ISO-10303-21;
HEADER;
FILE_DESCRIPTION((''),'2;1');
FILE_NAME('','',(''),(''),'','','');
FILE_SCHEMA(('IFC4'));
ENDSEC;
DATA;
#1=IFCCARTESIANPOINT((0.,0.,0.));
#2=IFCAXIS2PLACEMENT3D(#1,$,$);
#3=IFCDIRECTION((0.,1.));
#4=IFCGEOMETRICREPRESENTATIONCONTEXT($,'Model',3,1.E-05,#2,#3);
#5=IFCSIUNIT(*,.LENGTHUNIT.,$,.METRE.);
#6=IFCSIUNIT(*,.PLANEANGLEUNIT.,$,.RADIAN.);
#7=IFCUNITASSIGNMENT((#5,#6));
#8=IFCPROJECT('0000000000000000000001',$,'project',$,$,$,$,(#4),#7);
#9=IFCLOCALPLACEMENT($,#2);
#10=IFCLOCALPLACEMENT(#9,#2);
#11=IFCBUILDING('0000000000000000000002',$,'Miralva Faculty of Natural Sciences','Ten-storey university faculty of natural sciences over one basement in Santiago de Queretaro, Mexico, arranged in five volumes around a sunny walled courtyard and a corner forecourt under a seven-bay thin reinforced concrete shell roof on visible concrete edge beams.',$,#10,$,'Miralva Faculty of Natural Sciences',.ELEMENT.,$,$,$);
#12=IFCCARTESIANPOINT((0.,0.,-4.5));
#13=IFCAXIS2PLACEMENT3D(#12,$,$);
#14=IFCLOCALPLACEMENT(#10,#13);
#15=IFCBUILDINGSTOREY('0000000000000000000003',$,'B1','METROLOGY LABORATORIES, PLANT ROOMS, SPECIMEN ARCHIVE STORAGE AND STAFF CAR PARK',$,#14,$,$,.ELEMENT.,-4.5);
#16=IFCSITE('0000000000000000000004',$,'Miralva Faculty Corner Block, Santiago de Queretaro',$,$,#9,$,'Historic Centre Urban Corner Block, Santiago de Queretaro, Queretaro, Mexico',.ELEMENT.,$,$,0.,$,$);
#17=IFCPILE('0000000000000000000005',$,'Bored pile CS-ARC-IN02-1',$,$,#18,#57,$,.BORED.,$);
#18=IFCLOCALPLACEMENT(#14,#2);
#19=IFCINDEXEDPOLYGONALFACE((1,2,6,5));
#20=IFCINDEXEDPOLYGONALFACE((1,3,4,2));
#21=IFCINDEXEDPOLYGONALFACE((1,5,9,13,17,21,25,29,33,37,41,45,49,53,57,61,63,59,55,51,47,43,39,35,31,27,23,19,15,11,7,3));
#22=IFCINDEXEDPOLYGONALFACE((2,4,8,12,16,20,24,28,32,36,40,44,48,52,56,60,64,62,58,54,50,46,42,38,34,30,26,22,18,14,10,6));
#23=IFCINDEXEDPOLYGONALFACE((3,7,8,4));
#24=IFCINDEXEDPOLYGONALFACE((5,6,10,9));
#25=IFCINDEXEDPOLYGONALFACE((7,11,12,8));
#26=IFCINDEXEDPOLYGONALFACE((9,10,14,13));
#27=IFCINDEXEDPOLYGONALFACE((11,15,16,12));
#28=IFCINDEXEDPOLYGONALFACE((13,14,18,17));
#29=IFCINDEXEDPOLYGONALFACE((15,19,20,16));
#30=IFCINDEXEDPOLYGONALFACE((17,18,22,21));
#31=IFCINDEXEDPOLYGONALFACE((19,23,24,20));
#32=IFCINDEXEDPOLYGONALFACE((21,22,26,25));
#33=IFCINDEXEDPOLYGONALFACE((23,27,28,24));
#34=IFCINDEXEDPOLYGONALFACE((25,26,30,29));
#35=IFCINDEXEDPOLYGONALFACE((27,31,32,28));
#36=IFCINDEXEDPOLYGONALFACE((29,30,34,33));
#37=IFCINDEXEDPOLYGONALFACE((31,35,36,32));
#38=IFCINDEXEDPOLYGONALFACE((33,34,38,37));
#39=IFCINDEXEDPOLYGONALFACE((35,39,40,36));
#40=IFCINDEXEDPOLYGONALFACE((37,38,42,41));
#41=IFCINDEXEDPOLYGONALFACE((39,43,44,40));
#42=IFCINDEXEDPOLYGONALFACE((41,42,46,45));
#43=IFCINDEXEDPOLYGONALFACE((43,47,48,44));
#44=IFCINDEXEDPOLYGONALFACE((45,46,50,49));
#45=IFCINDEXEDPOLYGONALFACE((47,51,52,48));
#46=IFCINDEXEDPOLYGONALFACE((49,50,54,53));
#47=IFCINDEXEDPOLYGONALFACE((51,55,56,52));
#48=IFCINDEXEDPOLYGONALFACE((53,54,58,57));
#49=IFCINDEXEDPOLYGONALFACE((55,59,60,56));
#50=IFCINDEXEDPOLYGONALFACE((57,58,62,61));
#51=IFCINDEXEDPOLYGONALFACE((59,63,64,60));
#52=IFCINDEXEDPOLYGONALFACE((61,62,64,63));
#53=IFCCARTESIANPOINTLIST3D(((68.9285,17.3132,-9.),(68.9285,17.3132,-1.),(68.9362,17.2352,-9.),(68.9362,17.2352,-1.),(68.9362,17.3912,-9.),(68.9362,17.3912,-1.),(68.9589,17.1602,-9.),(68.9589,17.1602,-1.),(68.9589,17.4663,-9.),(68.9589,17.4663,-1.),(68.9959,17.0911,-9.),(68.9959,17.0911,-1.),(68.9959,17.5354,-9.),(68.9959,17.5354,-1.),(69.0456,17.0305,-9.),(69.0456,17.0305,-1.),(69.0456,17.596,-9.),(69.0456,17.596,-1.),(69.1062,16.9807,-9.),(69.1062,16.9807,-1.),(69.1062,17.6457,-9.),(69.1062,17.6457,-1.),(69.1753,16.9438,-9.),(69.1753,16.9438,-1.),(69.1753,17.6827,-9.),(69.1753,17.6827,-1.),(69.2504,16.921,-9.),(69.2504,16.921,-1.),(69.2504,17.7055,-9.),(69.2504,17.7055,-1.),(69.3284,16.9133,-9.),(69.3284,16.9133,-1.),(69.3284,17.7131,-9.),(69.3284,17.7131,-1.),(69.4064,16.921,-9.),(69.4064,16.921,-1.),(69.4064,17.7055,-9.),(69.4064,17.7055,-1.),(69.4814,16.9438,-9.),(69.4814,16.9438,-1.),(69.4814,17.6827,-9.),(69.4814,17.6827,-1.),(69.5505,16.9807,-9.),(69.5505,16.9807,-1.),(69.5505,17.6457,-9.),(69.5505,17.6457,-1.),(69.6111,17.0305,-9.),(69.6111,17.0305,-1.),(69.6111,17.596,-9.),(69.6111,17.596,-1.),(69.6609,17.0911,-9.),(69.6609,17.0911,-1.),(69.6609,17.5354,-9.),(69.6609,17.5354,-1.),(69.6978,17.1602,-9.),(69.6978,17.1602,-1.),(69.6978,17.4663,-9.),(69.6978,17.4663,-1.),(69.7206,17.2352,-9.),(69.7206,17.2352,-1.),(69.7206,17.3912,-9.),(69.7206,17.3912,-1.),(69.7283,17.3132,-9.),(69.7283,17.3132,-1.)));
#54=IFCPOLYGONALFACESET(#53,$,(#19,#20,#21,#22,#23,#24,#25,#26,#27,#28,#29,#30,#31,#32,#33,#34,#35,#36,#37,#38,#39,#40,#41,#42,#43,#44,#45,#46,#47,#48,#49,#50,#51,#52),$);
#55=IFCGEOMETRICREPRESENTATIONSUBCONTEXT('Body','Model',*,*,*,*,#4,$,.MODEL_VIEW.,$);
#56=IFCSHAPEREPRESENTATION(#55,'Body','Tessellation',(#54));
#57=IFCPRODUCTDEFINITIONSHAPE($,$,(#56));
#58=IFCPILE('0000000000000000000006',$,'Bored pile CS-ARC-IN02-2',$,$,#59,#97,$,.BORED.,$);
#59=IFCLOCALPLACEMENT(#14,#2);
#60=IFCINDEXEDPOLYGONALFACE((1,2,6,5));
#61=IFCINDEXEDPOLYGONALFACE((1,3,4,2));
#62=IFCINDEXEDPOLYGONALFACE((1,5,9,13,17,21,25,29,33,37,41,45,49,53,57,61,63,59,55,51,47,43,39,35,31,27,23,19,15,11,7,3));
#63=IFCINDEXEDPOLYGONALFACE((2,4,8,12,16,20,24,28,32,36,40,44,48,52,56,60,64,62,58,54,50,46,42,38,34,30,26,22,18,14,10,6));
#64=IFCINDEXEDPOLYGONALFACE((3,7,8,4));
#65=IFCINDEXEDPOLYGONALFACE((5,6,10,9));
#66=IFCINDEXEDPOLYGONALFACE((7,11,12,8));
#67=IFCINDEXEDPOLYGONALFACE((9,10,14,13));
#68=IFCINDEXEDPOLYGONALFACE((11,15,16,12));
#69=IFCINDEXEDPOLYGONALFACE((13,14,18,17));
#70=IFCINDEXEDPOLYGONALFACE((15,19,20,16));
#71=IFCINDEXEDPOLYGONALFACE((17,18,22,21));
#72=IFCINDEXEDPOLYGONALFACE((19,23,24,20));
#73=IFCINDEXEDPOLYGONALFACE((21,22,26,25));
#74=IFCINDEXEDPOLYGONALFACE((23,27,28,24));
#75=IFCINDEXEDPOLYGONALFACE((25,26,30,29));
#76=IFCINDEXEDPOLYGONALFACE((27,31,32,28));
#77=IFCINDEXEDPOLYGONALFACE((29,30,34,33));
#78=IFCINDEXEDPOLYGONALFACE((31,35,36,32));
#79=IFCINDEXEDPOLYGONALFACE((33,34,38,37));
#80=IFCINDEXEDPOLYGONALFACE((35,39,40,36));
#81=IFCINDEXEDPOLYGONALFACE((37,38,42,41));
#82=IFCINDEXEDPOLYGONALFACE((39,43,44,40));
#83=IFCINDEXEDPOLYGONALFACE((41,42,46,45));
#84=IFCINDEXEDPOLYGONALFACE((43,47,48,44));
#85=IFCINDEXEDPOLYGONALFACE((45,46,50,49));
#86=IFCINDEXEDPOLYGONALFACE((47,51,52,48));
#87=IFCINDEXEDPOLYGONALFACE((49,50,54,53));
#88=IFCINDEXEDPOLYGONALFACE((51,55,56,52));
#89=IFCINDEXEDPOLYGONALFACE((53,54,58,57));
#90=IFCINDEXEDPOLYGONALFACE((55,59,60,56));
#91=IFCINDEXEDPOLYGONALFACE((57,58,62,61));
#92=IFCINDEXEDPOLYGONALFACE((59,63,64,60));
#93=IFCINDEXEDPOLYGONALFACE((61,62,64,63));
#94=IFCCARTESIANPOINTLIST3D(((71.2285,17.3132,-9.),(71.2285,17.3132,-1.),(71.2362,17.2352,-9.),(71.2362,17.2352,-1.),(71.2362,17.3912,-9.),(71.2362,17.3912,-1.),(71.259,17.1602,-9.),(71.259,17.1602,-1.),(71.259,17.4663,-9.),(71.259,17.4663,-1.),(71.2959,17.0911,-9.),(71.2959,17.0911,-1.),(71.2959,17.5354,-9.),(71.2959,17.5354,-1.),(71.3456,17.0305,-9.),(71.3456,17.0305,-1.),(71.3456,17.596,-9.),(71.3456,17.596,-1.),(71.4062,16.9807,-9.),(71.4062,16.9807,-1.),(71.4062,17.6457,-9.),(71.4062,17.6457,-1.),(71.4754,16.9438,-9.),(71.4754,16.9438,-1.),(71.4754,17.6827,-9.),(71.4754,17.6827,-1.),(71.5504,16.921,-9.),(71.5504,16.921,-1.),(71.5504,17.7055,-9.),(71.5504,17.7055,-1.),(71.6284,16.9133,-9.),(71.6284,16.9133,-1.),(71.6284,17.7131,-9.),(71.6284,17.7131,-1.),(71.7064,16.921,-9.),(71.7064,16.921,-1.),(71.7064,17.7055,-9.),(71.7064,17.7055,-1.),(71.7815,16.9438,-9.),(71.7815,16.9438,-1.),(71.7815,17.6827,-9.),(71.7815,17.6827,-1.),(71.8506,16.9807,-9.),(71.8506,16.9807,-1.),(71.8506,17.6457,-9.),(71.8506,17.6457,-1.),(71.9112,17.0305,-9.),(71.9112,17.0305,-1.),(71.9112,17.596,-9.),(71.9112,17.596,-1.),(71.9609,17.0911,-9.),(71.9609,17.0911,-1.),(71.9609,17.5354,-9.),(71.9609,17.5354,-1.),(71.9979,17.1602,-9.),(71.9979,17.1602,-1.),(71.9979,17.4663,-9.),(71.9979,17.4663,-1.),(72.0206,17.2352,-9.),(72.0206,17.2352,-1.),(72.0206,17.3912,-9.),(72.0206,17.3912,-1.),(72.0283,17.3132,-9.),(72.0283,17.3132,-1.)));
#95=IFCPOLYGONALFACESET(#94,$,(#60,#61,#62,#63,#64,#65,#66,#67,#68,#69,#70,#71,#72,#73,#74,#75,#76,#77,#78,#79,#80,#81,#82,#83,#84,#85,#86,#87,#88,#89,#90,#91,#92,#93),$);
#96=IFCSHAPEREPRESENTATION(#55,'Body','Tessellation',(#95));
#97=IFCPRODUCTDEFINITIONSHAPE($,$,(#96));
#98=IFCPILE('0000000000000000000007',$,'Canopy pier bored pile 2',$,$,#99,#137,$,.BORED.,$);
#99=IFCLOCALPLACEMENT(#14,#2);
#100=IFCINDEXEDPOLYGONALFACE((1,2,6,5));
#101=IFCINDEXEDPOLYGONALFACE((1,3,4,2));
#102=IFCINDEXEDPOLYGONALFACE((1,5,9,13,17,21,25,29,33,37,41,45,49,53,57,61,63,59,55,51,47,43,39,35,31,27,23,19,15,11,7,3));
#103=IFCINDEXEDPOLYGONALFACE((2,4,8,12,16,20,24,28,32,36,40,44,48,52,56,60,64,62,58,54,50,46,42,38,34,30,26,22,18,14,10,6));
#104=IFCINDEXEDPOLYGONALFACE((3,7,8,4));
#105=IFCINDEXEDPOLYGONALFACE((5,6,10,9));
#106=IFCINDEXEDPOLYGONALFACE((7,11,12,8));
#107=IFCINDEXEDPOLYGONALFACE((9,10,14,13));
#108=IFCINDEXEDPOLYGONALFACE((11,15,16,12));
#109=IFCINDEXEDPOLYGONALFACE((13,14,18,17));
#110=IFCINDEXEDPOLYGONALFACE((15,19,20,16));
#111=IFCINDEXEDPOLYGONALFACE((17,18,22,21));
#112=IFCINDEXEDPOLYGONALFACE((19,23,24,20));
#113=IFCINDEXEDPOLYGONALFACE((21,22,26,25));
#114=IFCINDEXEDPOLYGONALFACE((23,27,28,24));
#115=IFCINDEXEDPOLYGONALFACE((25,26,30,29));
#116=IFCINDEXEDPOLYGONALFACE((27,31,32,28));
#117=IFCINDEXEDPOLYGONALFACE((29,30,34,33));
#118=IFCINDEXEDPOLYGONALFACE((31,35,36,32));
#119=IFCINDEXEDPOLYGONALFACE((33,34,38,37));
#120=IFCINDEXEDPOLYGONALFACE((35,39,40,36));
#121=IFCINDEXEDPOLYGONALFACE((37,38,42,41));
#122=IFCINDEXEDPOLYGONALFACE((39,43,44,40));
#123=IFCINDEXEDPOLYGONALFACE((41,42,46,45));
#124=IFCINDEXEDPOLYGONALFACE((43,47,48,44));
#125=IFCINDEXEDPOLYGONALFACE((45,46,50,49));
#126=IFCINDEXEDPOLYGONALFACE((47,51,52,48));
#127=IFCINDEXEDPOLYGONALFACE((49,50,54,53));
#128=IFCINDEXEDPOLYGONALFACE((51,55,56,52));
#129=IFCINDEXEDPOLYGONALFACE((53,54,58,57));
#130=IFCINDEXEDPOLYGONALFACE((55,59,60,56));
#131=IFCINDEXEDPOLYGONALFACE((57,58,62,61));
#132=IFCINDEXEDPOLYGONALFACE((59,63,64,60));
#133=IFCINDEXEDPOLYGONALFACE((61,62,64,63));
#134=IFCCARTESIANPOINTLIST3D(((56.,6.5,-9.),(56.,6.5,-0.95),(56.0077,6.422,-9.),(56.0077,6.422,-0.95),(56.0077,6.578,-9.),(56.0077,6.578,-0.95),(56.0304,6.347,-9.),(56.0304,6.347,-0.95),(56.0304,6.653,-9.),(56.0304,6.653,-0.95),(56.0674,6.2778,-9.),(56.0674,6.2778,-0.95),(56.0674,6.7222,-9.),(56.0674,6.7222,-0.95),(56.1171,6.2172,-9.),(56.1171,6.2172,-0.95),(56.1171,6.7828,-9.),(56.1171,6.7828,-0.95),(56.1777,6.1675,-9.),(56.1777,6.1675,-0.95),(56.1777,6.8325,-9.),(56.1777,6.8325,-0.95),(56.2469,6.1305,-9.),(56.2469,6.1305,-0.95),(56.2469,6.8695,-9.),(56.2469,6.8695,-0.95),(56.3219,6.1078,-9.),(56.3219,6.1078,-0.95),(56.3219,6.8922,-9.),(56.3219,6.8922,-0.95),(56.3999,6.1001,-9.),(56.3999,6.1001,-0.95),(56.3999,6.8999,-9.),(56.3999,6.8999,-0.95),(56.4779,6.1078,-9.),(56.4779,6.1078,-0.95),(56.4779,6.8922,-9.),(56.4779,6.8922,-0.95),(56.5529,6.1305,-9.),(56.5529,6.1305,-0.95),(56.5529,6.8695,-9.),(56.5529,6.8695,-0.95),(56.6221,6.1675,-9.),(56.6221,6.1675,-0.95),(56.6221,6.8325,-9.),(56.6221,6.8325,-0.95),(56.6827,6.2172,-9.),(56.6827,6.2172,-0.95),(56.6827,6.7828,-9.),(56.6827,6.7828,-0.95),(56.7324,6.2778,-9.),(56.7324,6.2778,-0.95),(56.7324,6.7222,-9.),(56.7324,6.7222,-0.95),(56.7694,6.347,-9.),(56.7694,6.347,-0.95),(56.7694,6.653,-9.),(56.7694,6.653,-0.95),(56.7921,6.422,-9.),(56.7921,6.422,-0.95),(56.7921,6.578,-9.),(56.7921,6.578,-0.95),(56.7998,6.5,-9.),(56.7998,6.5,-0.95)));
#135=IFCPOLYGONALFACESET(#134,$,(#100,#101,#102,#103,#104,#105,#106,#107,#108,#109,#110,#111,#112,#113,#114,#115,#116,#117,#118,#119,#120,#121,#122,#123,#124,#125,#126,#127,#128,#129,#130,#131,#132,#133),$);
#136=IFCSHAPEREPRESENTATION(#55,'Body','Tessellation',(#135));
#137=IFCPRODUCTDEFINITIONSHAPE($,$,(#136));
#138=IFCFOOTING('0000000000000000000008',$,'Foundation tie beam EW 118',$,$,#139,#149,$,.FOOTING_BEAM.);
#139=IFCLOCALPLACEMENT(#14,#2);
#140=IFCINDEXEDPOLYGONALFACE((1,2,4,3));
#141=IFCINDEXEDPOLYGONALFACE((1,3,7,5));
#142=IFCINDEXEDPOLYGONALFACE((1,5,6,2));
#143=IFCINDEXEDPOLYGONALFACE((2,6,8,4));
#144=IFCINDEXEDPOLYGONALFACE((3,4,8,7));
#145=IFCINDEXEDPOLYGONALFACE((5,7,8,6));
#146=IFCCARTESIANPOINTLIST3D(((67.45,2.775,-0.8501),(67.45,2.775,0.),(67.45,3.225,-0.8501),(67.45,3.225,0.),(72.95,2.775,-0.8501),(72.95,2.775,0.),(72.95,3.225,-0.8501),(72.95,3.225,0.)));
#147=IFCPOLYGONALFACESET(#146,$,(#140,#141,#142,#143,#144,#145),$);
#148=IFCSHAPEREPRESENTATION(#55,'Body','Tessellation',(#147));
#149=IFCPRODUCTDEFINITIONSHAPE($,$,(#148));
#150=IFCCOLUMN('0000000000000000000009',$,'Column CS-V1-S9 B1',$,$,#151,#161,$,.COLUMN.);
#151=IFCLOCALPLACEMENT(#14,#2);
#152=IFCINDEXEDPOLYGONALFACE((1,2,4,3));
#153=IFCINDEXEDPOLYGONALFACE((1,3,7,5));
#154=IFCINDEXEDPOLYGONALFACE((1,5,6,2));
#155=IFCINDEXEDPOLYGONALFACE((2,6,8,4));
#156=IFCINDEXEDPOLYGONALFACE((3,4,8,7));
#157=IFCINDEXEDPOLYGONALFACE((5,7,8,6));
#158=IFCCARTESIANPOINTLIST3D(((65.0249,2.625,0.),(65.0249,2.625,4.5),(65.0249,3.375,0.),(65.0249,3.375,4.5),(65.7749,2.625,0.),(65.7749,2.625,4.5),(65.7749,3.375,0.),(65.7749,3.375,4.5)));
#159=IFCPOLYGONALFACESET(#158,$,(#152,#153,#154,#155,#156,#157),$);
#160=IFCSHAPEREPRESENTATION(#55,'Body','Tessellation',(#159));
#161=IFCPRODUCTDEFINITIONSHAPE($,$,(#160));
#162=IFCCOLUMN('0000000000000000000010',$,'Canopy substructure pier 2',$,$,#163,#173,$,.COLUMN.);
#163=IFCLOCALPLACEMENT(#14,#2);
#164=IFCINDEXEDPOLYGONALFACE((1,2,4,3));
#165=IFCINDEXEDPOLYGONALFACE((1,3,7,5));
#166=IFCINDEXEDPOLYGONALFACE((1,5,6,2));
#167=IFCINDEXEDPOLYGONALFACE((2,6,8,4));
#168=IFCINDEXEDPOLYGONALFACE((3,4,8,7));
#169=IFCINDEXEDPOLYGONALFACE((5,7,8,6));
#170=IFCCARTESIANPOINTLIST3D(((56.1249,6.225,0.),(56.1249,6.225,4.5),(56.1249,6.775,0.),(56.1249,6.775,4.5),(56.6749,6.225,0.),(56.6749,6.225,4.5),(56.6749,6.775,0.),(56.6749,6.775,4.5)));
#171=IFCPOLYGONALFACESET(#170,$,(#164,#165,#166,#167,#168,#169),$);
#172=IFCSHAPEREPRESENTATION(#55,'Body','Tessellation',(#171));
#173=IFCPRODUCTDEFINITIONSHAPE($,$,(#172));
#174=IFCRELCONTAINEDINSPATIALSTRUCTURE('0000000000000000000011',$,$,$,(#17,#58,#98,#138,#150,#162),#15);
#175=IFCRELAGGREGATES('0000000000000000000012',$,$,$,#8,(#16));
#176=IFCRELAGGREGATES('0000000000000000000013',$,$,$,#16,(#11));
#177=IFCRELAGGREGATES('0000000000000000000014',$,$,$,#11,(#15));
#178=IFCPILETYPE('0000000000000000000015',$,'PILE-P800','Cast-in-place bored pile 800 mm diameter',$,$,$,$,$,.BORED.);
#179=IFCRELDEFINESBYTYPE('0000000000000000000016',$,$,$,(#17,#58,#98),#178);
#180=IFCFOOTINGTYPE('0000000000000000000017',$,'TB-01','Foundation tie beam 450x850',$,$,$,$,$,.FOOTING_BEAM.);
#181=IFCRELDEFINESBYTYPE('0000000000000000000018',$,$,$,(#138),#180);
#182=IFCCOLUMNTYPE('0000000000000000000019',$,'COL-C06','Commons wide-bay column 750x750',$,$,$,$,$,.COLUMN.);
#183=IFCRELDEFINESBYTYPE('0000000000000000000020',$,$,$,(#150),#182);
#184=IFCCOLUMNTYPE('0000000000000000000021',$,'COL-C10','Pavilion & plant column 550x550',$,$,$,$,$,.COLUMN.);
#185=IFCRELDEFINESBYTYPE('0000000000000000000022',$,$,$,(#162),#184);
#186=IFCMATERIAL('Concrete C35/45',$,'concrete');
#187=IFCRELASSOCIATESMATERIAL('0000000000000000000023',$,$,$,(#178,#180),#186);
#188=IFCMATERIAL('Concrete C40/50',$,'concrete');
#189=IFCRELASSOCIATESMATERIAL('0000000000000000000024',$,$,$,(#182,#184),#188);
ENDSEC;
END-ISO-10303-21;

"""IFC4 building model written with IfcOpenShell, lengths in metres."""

from ifc_helpers import new_model, si_unit, direction, frame, origin, origin_2d, place, context, subcontext, project, spatial, rectangle, circle, extrude, material, material_profile, profile_set, type_object, element, save


model = new_model("IFC4")

# Units and contexts
model_context = context("Model", 3, precision=1e-05, world=origin(), true_north=direction((0.0, 1.0)))
body_context = subcontext(model_context, "Body", "Model", "MODEL_VIEW")
ifc_project = project(units=[si_unit("LENGTHUNIT", "METRE"), si_unit("PLANEANGLEUNIT", "RADIAN")], contexts=[model_context])

# Site, building, storey
site_placement = place(None, origin())
site = spatial("IfcSite", under=ifc_project, at=site_placement, Name="Miralva Faculty Corner Block, Santiago de Queretaro", LongName="Historic Centre Urban Corner Block, Santiago de Queretaro, Queretaro, Mexico", CompositionType="ELEMENT", RefElevation=0.0)
building_placement = place(site_placement, origin())
building = spatial("IfcBuilding", under=site, at=building_placement, Name="Miralva Faculty of Natural Sciences", Description="Ten-storey university faculty of natural sciences over one basement in Santiago de Queretaro, Mexico, arranged in five volumes around a sunny walled courtyard and a corner forecourt under a seven-bay thin reinforced concrete shell roof on visible concrete edge beams.", LongName="Miralva Faculty of Natural Sciences", CompositionType="ELEMENT")
storey_placement = place(building_placement, frame((0.0, 0.0, -4.5)))
storey = spatial("IfcBuildingStorey", under=building, at=storey_placement, Name="B1", Description="METROLOGY LABORATORIES, PLANT ROOMS, SPECIMEN ARCHIVE STORAGE AND STAFF CAR PARK", CompositionType="ELEMENT", Elevation=-4.5)

# Shared definitions
ifc_material_1 = material(Name="Concrete C35/45", Category="concrete")

# Piles
ifc_material_profile_1 = material_profile(ifc_material_1, circle(Radius=0.3999, at=origin_2d()), Name="BORED PILE 800")
ifc_profile_set_1 = profile_set([ifc_material_profile_1], Name="Concrete C35/45")
pile_type_1 = type_object("IfcPileType", Name="PILE-P800", Description="Cast-in-place bored pile 800 mm diameter", PredefinedType="BORED", material=ifc_profile_set_1)
for number, where, z_axis, x_axis, name in (
    (1, (69.3284, 17.3132, -1.0), (0.0, 0.0, -1.0), (1.0, 0.0, 0.0), "Bored pile CS-ARC-IN02-1"),
    (2, (71.6284, 17.3132, -1.0), (0.0, 0.0, -1.0), (1.0, 0.0, 0.0), "Bored pile CS-ARC-IN02-2"),
):
    element("IfcPile", number, at=place(storey_placement, frame(where, z_axis=z_axis, x_axis=x_axis)), inside=storey, type_object=pile_type_1, Name=name, PredefinedType="BORED", context=body_context, shape_type="SweptSolid", body=[
        extrude(circle(Radius=0.3999, at=origin_2d()), origin(), (0.0, 0.0, 1.0), 8.0),
    ])
pile_placement = place(storey_placement, frame((56.3999, 6.5, -0.95), z_axis=(0.0, 0.0, -1.0), x_axis=(1.0, 0.0, 0.0)))
element("IfcPile", 3, at=pile_placement, inside=storey, type_object=pile_type_1, Name="Canopy pier bored pile 2", PredefinedType="BORED", context=body_context, shape_type="SweptSolid", body=[
    extrude(circle(Radius=0.3999, at=origin_2d()), origin(), (0.0, 0.0, 1.0), 8.05),
])

# Footing
ifc_material_profile_2 = material_profile(ifc_material_1, rectangle(XDim=0.45, YDim=0.8501, at=origin_2d()), Name="RC 450x850")
ifc_profile_set_2 = profile_set([ifc_material_profile_2], Name="Concrete C35/45")
footing_type_1 = type_object("IfcFootingType", Name="TB-01", Description="Foundation tie beam 450x850", PredefinedType="FOOTING_BEAM", material=ifc_profile_set_2)
footing_1_placement = place(storey_placement, frame((67.45, 3.0, -0.425), z_axis=(1.0, 0.0, 0.0), x_axis=(0.0, 1.0, 0.0)))
element("IfcFooting", 4, at=footing_1_placement, inside=storey, type_object=footing_type_1, Name="Foundation tie beam EW 118", PredefinedType="FOOTING_BEAM", context=body_context, shape_type="SweptSolid", body=[
    extrude(rectangle(XDim=0.45, YDim=0.8501, at=origin_2d()), origin(), (0.0, 0.0, 1.0), 5.5),
])

# Columns
ifc_material_2 = material(Name="Concrete C40/50", Category="concrete")
ifc_material_profile_3 = material_profile(ifc_material_2, rectangle(XDim=0.75, YDim=0.75, at=origin_2d()), Name="RC 750x750")
ifc_profile_set_3 = profile_set([ifc_material_profile_3], Name="Concrete C40/50")
column_type_1 = type_object("IfcColumnType", Name="COL-C06", Description="Commons wide-bay column 750x750", PredefinedType="COLUMN", material=ifc_profile_set_3)
column_1_placement = place(storey_placement, frame((65.3999, 3.0, 0.0), z_axis=(0.0, 0.0, 1.0), x_axis=(1.0, 0.0, 0.0)))
element("IfcColumn", 5, at=column_1_placement, inside=storey, type_object=column_type_1, Name="Column CS-V1-S9 B1", PredefinedType="COLUMN", context=body_context, shape_type="SweptSolid", body=[
    extrude(rectangle(XDim=0.75, YDim=0.75, at=origin_2d()), origin(), (0.0, 0.0, 1.0), 4.5),
])
ifc_material_profile_4 = material_profile(ifc_material_2, rectangle(XDim=0.55, YDim=0.55, at=origin_2d()), Name="RC 550x550")
ifc_profile_set_4 = profile_set([ifc_material_profile_4], Name="Concrete C40/50")
column_type_2 = type_object("IfcColumnType", Name="COL-C10", Description="Pavilion & plant column 550x550", PredefinedType="COLUMN", material=ifc_profile_set_4)
column_2_placement = place(storey_placement, frame((56.3999, 6.5, 0.0), z_axis=(0.0, 0.0, 1.0), x_axis=(1.0, 0.0, 0.0)))
element("IfcColumn", 6, at=column_2_placement, inside=storey, type_object=column_type_2, Name="Canopy substructure pier 2", PredefinedType="COLUMN", context=body_context, shape_type="SweptSolid", body=[
    extrude(rectangle(XDim=0.55, YDim=0.55, at=origin_2d()), origin(), (0.0, 0.0, 1.0), 4.5),
])

save(model, "model.ifc")
